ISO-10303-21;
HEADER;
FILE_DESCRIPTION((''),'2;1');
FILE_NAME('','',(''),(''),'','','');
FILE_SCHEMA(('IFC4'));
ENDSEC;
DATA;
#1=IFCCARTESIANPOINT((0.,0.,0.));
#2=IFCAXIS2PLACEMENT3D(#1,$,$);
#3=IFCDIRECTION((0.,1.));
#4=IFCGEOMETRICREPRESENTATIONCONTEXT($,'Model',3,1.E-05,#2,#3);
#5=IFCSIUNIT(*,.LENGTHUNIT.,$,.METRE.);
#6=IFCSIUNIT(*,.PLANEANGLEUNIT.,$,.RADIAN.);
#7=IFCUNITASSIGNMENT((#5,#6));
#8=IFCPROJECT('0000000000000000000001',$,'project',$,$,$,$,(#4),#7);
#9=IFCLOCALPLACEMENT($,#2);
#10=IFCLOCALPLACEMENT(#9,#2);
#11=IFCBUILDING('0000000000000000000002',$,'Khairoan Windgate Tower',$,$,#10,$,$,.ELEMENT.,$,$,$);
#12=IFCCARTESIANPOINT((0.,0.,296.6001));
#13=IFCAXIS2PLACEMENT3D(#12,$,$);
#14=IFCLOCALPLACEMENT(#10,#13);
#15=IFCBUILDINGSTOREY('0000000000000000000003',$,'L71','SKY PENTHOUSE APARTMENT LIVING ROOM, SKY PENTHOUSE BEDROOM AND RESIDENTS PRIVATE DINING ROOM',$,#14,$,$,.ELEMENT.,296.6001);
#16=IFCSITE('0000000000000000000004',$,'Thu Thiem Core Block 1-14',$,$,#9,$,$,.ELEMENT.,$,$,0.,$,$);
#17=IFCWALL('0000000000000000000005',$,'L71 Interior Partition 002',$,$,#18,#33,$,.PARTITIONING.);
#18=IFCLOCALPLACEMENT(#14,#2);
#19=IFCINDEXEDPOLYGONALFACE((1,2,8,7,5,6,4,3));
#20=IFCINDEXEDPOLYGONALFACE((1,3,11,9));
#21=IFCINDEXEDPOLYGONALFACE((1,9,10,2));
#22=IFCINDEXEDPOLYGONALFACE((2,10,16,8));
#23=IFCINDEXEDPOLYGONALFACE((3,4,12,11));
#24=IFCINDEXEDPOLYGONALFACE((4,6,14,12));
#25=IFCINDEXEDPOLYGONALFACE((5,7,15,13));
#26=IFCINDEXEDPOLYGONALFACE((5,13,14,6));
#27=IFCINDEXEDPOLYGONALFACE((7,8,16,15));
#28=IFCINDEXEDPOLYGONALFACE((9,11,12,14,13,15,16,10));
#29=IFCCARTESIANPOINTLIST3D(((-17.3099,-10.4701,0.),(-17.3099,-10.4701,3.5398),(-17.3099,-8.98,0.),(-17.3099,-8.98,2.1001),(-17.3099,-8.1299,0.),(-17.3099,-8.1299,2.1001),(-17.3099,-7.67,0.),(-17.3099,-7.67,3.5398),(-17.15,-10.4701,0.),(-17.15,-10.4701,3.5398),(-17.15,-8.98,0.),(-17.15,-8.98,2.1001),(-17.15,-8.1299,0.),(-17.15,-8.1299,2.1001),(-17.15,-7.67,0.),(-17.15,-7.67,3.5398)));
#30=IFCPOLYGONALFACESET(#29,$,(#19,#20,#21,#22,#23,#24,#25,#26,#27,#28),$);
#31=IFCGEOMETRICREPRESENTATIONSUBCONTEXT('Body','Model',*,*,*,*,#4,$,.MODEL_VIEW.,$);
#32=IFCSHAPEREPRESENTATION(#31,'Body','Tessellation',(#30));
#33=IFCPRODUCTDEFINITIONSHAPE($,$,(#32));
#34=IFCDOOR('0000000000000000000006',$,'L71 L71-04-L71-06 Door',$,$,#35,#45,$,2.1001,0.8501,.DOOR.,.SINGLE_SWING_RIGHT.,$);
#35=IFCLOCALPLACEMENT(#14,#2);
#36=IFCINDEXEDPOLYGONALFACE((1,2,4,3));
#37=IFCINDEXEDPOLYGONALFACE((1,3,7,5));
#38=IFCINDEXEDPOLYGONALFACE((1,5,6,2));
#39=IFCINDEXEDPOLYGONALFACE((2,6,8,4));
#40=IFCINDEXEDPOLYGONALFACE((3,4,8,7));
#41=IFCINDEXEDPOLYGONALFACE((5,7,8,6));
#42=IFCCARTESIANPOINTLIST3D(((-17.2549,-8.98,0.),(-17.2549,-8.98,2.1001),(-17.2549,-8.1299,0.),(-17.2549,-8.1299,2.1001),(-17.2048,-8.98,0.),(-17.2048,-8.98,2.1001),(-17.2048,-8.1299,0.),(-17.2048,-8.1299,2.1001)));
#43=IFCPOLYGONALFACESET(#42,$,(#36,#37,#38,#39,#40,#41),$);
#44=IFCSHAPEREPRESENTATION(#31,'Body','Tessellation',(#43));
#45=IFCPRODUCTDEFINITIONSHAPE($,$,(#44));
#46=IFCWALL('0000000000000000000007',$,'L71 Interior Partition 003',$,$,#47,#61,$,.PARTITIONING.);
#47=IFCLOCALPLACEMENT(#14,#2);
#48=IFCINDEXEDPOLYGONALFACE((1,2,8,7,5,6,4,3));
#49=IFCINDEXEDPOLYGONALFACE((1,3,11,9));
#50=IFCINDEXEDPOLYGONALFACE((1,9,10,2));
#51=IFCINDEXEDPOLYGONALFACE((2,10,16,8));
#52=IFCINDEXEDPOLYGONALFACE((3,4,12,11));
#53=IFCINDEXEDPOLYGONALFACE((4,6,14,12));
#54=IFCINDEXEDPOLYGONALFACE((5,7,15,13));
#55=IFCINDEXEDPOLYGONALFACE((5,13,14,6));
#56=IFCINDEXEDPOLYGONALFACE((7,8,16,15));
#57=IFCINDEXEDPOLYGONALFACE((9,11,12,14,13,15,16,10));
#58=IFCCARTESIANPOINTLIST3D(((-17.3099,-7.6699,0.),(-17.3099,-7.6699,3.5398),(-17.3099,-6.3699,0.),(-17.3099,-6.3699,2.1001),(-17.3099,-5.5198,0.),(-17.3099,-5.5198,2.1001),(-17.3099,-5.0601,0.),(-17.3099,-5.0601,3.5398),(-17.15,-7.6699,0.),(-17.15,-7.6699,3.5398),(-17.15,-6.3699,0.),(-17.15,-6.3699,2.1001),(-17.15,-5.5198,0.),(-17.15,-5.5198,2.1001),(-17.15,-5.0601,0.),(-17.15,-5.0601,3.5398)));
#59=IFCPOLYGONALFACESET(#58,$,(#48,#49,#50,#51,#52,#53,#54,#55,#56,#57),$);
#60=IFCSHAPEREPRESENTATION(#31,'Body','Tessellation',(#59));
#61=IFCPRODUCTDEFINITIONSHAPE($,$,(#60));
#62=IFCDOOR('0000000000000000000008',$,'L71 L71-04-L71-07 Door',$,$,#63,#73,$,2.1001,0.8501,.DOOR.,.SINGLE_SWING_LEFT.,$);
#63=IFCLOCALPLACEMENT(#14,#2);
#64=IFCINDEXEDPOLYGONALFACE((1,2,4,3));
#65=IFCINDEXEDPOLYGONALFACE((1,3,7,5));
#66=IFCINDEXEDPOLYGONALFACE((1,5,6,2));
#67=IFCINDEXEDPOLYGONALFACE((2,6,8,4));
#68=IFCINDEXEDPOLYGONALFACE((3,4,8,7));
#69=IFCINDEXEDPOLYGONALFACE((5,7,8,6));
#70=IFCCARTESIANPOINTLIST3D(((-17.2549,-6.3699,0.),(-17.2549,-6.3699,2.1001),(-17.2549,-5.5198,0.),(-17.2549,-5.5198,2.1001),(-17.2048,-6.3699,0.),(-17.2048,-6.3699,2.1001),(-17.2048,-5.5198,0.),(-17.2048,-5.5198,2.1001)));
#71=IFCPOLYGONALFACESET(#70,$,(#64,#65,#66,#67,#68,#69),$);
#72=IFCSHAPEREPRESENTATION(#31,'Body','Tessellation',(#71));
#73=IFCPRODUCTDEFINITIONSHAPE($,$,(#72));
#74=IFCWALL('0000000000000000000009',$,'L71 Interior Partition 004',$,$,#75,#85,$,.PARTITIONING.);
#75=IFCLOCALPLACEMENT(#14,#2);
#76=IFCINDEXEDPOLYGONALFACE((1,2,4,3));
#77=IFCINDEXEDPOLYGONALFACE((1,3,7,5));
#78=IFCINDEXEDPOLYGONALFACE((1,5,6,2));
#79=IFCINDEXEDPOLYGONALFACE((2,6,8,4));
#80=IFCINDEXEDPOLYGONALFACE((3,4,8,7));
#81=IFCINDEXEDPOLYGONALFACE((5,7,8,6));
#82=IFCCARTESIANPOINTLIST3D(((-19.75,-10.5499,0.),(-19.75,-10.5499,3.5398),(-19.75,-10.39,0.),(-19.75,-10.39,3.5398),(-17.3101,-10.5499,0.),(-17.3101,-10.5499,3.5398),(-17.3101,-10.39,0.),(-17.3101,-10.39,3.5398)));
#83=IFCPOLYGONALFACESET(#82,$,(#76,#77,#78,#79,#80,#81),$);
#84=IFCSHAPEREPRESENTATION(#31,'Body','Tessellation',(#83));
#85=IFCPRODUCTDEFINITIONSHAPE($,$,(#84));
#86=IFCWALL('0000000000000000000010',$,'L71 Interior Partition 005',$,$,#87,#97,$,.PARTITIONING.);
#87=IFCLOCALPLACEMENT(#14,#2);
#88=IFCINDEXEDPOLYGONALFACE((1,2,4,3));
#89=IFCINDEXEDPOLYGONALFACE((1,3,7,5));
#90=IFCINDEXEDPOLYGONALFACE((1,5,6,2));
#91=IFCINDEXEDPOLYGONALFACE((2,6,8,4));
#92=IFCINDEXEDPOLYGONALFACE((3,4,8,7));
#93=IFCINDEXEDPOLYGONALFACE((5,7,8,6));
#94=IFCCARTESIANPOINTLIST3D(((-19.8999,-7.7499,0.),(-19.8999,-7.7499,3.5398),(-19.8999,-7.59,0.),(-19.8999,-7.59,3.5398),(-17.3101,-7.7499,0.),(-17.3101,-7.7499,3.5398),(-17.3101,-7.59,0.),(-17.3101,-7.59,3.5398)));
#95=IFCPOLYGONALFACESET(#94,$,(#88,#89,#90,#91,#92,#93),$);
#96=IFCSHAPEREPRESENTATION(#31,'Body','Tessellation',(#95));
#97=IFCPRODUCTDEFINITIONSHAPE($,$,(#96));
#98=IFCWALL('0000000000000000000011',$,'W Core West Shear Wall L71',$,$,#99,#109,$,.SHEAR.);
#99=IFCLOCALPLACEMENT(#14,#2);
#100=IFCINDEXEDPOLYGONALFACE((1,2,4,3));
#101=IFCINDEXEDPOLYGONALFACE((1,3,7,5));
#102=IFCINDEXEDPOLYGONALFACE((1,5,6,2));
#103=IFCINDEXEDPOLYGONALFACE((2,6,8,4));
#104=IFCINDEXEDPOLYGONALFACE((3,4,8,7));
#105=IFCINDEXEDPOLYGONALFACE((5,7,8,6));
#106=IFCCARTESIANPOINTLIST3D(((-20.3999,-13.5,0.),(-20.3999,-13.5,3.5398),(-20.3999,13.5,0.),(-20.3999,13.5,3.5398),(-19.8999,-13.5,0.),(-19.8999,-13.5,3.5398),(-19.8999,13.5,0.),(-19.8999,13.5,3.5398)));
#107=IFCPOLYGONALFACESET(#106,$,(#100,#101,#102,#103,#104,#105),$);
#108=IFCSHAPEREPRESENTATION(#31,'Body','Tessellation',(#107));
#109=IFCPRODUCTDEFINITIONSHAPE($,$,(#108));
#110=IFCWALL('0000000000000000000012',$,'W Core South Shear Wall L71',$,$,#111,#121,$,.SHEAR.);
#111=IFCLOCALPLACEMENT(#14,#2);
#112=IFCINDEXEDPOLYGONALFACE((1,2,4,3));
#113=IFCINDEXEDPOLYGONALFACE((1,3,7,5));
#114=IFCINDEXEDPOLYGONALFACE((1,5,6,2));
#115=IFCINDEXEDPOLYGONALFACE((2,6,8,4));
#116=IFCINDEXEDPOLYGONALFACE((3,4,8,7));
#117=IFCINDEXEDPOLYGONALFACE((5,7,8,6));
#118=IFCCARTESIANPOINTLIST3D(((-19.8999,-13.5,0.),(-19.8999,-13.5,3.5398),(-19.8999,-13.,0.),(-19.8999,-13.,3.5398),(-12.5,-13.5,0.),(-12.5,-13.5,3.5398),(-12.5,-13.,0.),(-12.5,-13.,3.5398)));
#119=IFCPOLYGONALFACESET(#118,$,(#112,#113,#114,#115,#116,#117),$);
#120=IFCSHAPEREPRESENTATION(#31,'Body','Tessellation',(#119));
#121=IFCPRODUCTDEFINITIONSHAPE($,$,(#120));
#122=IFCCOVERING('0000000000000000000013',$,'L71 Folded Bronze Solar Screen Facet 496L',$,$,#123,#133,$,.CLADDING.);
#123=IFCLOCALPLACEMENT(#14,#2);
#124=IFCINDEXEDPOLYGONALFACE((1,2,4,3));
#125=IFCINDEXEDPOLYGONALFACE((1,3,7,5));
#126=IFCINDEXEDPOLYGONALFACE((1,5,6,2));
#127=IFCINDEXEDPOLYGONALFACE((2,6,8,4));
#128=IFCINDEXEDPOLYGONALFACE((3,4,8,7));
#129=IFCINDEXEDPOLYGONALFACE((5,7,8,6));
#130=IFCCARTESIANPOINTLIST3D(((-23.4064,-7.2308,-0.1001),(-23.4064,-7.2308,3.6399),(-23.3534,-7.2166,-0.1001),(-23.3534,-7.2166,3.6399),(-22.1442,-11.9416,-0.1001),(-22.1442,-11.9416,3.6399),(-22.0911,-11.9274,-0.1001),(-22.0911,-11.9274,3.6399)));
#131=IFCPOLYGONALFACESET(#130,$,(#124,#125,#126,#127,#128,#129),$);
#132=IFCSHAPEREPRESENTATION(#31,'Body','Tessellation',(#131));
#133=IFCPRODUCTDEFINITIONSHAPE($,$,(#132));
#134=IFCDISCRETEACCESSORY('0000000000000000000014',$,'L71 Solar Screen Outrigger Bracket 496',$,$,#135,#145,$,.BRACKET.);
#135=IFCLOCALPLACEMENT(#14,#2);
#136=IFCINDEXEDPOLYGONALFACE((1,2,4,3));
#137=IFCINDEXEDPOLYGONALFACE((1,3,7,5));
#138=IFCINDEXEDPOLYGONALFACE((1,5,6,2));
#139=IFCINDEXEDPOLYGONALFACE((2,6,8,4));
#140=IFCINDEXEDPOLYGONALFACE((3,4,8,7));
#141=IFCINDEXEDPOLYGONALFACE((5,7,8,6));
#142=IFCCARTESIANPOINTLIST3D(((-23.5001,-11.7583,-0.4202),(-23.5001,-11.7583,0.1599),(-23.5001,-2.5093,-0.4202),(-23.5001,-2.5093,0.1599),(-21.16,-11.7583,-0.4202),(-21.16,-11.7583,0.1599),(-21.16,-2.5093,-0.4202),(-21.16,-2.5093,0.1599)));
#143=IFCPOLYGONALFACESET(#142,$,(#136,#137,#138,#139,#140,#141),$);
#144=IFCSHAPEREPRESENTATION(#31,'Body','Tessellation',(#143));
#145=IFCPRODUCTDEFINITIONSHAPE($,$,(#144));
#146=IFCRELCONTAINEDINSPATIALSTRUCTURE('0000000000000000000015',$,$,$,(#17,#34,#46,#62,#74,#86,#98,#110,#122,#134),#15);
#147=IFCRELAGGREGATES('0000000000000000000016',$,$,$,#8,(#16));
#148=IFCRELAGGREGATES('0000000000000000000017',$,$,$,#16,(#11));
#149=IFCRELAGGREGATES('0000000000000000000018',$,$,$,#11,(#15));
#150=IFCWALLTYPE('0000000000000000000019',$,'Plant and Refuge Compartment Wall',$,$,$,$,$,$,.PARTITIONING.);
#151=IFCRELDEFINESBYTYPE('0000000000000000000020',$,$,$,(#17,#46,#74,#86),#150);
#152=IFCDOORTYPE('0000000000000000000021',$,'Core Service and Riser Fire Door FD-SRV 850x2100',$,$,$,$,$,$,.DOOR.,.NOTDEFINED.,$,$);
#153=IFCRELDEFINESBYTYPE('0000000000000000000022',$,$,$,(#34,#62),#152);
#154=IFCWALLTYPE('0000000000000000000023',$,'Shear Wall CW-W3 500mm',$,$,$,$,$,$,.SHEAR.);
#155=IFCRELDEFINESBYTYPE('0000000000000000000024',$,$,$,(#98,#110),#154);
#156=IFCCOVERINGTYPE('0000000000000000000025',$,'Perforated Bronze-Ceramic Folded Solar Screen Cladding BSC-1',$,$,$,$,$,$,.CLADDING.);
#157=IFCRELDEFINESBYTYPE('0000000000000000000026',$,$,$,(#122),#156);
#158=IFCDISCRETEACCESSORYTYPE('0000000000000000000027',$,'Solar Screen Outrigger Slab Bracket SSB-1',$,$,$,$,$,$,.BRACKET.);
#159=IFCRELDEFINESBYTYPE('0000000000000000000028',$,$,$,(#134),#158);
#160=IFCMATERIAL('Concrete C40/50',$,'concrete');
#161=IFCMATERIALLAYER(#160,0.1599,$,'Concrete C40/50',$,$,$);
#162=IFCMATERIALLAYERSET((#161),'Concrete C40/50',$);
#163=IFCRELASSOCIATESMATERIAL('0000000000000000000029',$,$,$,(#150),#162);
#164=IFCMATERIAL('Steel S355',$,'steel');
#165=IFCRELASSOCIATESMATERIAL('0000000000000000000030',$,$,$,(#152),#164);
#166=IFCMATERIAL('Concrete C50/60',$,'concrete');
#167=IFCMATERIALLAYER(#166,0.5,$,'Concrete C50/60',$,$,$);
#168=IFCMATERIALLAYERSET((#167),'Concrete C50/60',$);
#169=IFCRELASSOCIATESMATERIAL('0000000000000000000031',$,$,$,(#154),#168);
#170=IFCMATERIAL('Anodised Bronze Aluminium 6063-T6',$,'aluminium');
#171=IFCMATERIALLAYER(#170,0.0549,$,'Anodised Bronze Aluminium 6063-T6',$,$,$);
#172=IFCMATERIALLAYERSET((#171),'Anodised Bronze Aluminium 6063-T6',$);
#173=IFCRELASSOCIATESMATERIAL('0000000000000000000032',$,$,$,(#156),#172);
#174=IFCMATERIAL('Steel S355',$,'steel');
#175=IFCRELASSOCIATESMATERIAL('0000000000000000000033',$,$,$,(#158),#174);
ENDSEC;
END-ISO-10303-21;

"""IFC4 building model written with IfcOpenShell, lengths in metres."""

from ifc_helpers import new_model, si_unit, direction, frame, frame_2d, origin, origin_2d, place, context, subcontext, project, spatial, rectangle, extrude, material, layer, layer_set, type_object, element, fill, save


model = new_model("IFC4")

# Units and contexts
model_context = context("Model", 3, precision=1e-05, world=origin(), true_north=direction((0.0, 1.0)))
body_context = subcontext(model_context, "Body", "Model", "MODEL_VIEW")
ifc_project = project(units=[si_unit("LENGTHUNIT", "METRE"), si_unit("PLANEANGLEUNIT", "RADIAN")], contexts=[model_context])

# Site, building, storey
site_placement = place(None, origin())
site = spatial("IfcSite", under=ifc_project, at=site_placement, Name="Thu Thiem Core Block 1-14", CompositionType="ELEMENT", RefElevation=0.0)
building_placement = place(site_placement, origin())
building = spatial("IfcBuilding", under=site, at=building_placement, Name="Khairoan Windgate Tower", CompositionType="ELEMENT")
storey_placement = place(building_placement, frame((0.0, 0.0, 296.6001)))
storey = spatial("IfcBuildingStorey", under=building, at=storey_placement, Name="L71", Description="SKY PENTHOUSE APARTMENT LIVING ROOM, SKY PENTHOUSE BEDROOM AND RESIDENTS PRIVATE DINING ROOM", CompositionType="ELEMENT", Elevation=296.6001)

# Walls, openings, doors
ifc_material_1 = material(Name="Concrete C40/50", Category="concrete")
ifc_layer_1 = layer(ifc_material_1, 0.1599, Name="Concrete C40/50")
ifc_layer_set_1 = layer_set([ifc_layer_1], Name="Concrete C40/50")
wall_type_1 = type_object("IfcWallType", Name="Plant and Refuge Compartment Wall", PredefinedType="PARTITIONING", material=ifc_layer_set_1)
ifc_material_2 = material(Name="Steel S355", Category="steel")
door_type = type_object("IfcDoorType", Name="Core Service and Riser Fire Door FD-SRV 850x2100", OperationType="NOTDEFINED", PredefinedType="DOOR", material=ifc_material_2)
wall_1_placement = place(storey_placement, frame((-17.23, -10.47, 0.0), z_axis=(0.0, 0.0, 1.0), x_axis=(0.0, 1.0, 0.0)))
wall_1 = element("IfcWall", 1, at=wall_1_placement, inside=storey, type_object=wall_type_1, Name="L71 Interior Partition 002", PredefinedType="PARTITIONING", context=body_context, shape_type="SweptSolid", body=[
    extrude(rectangle(XDim=2.8, YDim=0.1599, at=frame_2d((1.3999, 0.0))), origin(), (0.0, 0.0, 1.0), 3.5398),
])
opening_1_placement = place(wall_1_placement, frame((1.49, 0.0, 0.0)))
opening_1 = element("IfcOpeningElement", 2, at=opening_1_placement, cuts=wall_1, PredefinedType="OPENING", context=body_context, shape_type="SweptSolid", body=[
    extrude(rectangle(XDim=0.8501, YDim=2.1001, at=frame_2d((0.425, 1.05))), frame((0.0, 0.0898, 0.0), z_axis=(0.0, -1.0, 0.0), x_axis=(1.0, 0.0, 0.0)), (0.0, 0.0, 1.0), 0.1799),
])
door_1_placement = place(opening_1_placement, origin())
door_1 = element("IfcDoor", 3, at=door_1_placement, inside=storey, type_object=door_type, Name="L71 L71-04-L71-06 Door", OperationType="SINGLE_SWING_RIGHT", OverallHeight=2.1001, OverallWidth=0.8501, PredefinedType="DOOR", context=body_context, shape_type="SweptSolid", body=[
    extrude(rectangle(XDim=0.8501, YDim=2.1001, at=frame_2d((0.425, 1.05))), frame((0.0, 0.0249, 0.0), z_axis=(0.0, -1.0, 0.0), x_axis=(1.0, 0.0, 0.0)), (0.0, 0.0, 1.0), 0.05),
])
fill(opening_1, door_1)
wall_2_placement = place(storey_placement, frame((-17.23, -7.6699, 0.0), z_axis=(0.0, 0.0, 1.0), x_axis=(0.0, 1.0, 0.0)))
wall_2 = element("IfcWall", 4, at=wall_2_placement, inside=storey, type_object=wall_type_1, Name="L71 Interior Partition 003", PredefinedType="PARTITIONING", context=body_context, shape_type="SweptSolid", body=[
    extrude(rectangle(XDim=2.6099, YDim=0.1599, at=frame_2d((1.3049, 0.0))), origin(), (0.0, 0.0, 1.0), 3.5398),
])
opening_2_placement = place(wall_2_placement, frame((1.3, 0.0, 0.0)))
opening_2 = element("IfcOpeningElement", 5, at=opening_2_placement, cuts=wall_2, PredefinedType="OPENING", context=body_context, shape_type="SweptSolid", body=[
    extrude(rectangle(XDim=0.8501, YDim=2.1001, at=frame_2d((0.425, 1.05))), frame((0.0, 0.0898, 0.0), z_axis=(0.0, -1.0, 0.0), x_axis=(1.0, 0.0, 0.0)), (0.0, 0.0, 1.0), 0.1799),
])
door_2_placement = place(opening_2_placement, origin())
door_2 = element("IfcDoor", 6, at=door_2_placement, inside=storey, type_object=door_type, Name="L71 L71-04-L71-07 Door", OperationType="SINGLE_SWING_LEFT", OverallHeight=2.1001, OverallWidth=0.8501, PredefinedType="DOOR", context=body_context, shape_type="SweptSolid", body=[
    extrude(rectangle(XDim=0.8501, YDim=2.1001, at=frame_2d((0.425, 1.05))), frame((0.0, 0.0249, 0.0), z_axis=(0.0, -1.0, 0.0), x_axis=(1.0, 0.0, 0.0)), (0.0, 0.0, 1.0), 0.05),
])
fill(opening_2, door_2)

# Walls
wall_3_placement = place(storey_placement, frame((-19.75, -10.47, 0.0), z_axis=(0.0, 0.0, 1.0), x_axis=(1.0, 0.0, 0.0)))
element("IfcWall", 7, at=wall_3_placement, inside=storey, type_object=wall_type_1, Name="L71 Interior Partition 004", PredefinedType="PARTITIONING", context=body_context, shape_type="SweptSolid", body=[
    extrude(rectangle(XDim=2.4399, YDim=0.1599, at=frame_2d((1.22, 0.0))), origin(), (0.0, 0.0, 1.0), 3.5398),
])
wall_4_placement = place(storey_placement, frame((-19.8999, -7.6699, 0.0), z_axis=(0.0, 0.0, 1.0), x_axis=(1.0, 0.0, 0.0)))
element("IfcWall", 8, at=wall_4_placement, inside=storey, type_object=wall_type_1, Name="L71 Interior Partition 005", PredefinedType="PARTITIONING", context=body_context, shape_type="SweptSolid", body=[
    extrude(rectangle(XDim=2.5898, YDim=0.1599, at=frame_2d((1.2949, 0.0))), origin(), (0.0, 0.0, 1.0), 3.5398),
])
ifc_material_3 = material(Name="Concrete C50/60", Category="concrete")
ifc_layer_2 = layer(ifc_material_3, 0.5, Name="Concrete C50/60")
ifc_layer_set_2 = layer_set([ifc_layer_2], Name="Concrete C50/60")
wall_type_2 = type_object("IfcWallType", Name="Shear Wall CW-W3 500mm", PredefinedType="SHEAR", material=ifc_layer_set_2)
wall_5_placement = place(storey_placement, frame((-20.1499, -13.5, 0.0), z_axis=(0.0, 0.0, 1.0), x_axis=(0.0, 1.0, 0.0)))
element("IfcWall", 9, at=wall_5_placement, inside=storey, type_object=wall_type_2, Name="W Core West Shear Wall L71", PredefinedType="SHEAR", context=body_context, shape_type="SweptSolid", body=[
    extrude(rectangle(XDim=27.0, YDim=0.5, at=frame_2d((13.5, 0.0))), origin(), (0.0, 0.0, 1.0), 3.5398),
])
wall_6_placement = place(storey_placement, frame((-19.8999, -13.25, 0.0), z_axis=(0.0, 0.0, 1.0), x_axis=(1.0, 0.0, 0.0)))
element("IfcWall", 10, at=wall_6_placement, inside=storey, type_object=wall_type_2, Name="W Core South Shear Wall L71", PredefinedType="SHEAR", context=body_context, shape_type="SweptSolid", body=[
    extrude(rectangle(XDim=7.3999, YDim=0.5, at=frame_2d((3.7, 0.0))), origin(), (0.0, 0.0, 1.0), 3.5398),
])

# Covering
ifc_material_4 = material(Name="Anodised Bronze Aluminium 6063-T6", Category="aluminium")
ifc_layer_3 = layer(ifc_material_4, 0.0549, Name="Anodised Bronze Aluminium 6063-T6")
ifc_layer_set_3 = layer_set([ifc_layer_3], Name="Anodised Bronze Aluminium 6063-T6")
covering_type = type_object("IfcCoveringType", Name="Perforated Bronze-Ceramic Folded Solar Screen Cladding BSC-1", PredefinedType="CLADDING", material=ifc_layer_set_3)
covering_placement = place(storey_placement, frame((-22.7488, -9.5791, -0.1001), z_axis=(0.0, 0.0, 1.0), x_axis=(-0.258819, 0.965926, 0.0)))
element("IfcCovering", 11, at=covering_placement, inside=storey, type_object=covering_type, Name="L71 Folded Bronze Solar Screen Facet 496L", PredefinedType="CLADDING", context=body_context, shape_type="SweptSolid", body=[
    extrude(rectangle(XDim=4.877, YDim=0.0549, at=origin_2d()), origin(), (0.0, 0.0, 1.0), 3.74),
])

# Discrete accessory
ifc_material_5 = material(Name="Steel S355", Category="steel")
discrete_accessory_type = type_object("IfcDiscreteAccessoryType", Name="Solar Screen Outrigger Slab Bracket SSB-1", PredefinedType="BRACKET", material=ifc_material_5)
discrete_accessory_placement = place(storey_placement, frame((-22.3301, -7.1338, -0.4202), z_axis=(0.0, 0.0, 1.0), x_axis=(0.0, 1.0, 0.0)))
element("IfcDiscreteAccessory", 12, at=discrete_accessory_placement, inside=storey, type_object=discrete_accessory_type, Name="L71 Solar Screen Outrigger Bracket 496", PredefinedType="BRACKET", context=body_context, shape_type="SweptSolid", body=[
    extrude(rectangle(XDim=9.249, YDim=2.3401, at=origin_2d()), origin(), (0.0, 0.0, 1.0), 0.5801),
])

save(model, "model.ifc")
